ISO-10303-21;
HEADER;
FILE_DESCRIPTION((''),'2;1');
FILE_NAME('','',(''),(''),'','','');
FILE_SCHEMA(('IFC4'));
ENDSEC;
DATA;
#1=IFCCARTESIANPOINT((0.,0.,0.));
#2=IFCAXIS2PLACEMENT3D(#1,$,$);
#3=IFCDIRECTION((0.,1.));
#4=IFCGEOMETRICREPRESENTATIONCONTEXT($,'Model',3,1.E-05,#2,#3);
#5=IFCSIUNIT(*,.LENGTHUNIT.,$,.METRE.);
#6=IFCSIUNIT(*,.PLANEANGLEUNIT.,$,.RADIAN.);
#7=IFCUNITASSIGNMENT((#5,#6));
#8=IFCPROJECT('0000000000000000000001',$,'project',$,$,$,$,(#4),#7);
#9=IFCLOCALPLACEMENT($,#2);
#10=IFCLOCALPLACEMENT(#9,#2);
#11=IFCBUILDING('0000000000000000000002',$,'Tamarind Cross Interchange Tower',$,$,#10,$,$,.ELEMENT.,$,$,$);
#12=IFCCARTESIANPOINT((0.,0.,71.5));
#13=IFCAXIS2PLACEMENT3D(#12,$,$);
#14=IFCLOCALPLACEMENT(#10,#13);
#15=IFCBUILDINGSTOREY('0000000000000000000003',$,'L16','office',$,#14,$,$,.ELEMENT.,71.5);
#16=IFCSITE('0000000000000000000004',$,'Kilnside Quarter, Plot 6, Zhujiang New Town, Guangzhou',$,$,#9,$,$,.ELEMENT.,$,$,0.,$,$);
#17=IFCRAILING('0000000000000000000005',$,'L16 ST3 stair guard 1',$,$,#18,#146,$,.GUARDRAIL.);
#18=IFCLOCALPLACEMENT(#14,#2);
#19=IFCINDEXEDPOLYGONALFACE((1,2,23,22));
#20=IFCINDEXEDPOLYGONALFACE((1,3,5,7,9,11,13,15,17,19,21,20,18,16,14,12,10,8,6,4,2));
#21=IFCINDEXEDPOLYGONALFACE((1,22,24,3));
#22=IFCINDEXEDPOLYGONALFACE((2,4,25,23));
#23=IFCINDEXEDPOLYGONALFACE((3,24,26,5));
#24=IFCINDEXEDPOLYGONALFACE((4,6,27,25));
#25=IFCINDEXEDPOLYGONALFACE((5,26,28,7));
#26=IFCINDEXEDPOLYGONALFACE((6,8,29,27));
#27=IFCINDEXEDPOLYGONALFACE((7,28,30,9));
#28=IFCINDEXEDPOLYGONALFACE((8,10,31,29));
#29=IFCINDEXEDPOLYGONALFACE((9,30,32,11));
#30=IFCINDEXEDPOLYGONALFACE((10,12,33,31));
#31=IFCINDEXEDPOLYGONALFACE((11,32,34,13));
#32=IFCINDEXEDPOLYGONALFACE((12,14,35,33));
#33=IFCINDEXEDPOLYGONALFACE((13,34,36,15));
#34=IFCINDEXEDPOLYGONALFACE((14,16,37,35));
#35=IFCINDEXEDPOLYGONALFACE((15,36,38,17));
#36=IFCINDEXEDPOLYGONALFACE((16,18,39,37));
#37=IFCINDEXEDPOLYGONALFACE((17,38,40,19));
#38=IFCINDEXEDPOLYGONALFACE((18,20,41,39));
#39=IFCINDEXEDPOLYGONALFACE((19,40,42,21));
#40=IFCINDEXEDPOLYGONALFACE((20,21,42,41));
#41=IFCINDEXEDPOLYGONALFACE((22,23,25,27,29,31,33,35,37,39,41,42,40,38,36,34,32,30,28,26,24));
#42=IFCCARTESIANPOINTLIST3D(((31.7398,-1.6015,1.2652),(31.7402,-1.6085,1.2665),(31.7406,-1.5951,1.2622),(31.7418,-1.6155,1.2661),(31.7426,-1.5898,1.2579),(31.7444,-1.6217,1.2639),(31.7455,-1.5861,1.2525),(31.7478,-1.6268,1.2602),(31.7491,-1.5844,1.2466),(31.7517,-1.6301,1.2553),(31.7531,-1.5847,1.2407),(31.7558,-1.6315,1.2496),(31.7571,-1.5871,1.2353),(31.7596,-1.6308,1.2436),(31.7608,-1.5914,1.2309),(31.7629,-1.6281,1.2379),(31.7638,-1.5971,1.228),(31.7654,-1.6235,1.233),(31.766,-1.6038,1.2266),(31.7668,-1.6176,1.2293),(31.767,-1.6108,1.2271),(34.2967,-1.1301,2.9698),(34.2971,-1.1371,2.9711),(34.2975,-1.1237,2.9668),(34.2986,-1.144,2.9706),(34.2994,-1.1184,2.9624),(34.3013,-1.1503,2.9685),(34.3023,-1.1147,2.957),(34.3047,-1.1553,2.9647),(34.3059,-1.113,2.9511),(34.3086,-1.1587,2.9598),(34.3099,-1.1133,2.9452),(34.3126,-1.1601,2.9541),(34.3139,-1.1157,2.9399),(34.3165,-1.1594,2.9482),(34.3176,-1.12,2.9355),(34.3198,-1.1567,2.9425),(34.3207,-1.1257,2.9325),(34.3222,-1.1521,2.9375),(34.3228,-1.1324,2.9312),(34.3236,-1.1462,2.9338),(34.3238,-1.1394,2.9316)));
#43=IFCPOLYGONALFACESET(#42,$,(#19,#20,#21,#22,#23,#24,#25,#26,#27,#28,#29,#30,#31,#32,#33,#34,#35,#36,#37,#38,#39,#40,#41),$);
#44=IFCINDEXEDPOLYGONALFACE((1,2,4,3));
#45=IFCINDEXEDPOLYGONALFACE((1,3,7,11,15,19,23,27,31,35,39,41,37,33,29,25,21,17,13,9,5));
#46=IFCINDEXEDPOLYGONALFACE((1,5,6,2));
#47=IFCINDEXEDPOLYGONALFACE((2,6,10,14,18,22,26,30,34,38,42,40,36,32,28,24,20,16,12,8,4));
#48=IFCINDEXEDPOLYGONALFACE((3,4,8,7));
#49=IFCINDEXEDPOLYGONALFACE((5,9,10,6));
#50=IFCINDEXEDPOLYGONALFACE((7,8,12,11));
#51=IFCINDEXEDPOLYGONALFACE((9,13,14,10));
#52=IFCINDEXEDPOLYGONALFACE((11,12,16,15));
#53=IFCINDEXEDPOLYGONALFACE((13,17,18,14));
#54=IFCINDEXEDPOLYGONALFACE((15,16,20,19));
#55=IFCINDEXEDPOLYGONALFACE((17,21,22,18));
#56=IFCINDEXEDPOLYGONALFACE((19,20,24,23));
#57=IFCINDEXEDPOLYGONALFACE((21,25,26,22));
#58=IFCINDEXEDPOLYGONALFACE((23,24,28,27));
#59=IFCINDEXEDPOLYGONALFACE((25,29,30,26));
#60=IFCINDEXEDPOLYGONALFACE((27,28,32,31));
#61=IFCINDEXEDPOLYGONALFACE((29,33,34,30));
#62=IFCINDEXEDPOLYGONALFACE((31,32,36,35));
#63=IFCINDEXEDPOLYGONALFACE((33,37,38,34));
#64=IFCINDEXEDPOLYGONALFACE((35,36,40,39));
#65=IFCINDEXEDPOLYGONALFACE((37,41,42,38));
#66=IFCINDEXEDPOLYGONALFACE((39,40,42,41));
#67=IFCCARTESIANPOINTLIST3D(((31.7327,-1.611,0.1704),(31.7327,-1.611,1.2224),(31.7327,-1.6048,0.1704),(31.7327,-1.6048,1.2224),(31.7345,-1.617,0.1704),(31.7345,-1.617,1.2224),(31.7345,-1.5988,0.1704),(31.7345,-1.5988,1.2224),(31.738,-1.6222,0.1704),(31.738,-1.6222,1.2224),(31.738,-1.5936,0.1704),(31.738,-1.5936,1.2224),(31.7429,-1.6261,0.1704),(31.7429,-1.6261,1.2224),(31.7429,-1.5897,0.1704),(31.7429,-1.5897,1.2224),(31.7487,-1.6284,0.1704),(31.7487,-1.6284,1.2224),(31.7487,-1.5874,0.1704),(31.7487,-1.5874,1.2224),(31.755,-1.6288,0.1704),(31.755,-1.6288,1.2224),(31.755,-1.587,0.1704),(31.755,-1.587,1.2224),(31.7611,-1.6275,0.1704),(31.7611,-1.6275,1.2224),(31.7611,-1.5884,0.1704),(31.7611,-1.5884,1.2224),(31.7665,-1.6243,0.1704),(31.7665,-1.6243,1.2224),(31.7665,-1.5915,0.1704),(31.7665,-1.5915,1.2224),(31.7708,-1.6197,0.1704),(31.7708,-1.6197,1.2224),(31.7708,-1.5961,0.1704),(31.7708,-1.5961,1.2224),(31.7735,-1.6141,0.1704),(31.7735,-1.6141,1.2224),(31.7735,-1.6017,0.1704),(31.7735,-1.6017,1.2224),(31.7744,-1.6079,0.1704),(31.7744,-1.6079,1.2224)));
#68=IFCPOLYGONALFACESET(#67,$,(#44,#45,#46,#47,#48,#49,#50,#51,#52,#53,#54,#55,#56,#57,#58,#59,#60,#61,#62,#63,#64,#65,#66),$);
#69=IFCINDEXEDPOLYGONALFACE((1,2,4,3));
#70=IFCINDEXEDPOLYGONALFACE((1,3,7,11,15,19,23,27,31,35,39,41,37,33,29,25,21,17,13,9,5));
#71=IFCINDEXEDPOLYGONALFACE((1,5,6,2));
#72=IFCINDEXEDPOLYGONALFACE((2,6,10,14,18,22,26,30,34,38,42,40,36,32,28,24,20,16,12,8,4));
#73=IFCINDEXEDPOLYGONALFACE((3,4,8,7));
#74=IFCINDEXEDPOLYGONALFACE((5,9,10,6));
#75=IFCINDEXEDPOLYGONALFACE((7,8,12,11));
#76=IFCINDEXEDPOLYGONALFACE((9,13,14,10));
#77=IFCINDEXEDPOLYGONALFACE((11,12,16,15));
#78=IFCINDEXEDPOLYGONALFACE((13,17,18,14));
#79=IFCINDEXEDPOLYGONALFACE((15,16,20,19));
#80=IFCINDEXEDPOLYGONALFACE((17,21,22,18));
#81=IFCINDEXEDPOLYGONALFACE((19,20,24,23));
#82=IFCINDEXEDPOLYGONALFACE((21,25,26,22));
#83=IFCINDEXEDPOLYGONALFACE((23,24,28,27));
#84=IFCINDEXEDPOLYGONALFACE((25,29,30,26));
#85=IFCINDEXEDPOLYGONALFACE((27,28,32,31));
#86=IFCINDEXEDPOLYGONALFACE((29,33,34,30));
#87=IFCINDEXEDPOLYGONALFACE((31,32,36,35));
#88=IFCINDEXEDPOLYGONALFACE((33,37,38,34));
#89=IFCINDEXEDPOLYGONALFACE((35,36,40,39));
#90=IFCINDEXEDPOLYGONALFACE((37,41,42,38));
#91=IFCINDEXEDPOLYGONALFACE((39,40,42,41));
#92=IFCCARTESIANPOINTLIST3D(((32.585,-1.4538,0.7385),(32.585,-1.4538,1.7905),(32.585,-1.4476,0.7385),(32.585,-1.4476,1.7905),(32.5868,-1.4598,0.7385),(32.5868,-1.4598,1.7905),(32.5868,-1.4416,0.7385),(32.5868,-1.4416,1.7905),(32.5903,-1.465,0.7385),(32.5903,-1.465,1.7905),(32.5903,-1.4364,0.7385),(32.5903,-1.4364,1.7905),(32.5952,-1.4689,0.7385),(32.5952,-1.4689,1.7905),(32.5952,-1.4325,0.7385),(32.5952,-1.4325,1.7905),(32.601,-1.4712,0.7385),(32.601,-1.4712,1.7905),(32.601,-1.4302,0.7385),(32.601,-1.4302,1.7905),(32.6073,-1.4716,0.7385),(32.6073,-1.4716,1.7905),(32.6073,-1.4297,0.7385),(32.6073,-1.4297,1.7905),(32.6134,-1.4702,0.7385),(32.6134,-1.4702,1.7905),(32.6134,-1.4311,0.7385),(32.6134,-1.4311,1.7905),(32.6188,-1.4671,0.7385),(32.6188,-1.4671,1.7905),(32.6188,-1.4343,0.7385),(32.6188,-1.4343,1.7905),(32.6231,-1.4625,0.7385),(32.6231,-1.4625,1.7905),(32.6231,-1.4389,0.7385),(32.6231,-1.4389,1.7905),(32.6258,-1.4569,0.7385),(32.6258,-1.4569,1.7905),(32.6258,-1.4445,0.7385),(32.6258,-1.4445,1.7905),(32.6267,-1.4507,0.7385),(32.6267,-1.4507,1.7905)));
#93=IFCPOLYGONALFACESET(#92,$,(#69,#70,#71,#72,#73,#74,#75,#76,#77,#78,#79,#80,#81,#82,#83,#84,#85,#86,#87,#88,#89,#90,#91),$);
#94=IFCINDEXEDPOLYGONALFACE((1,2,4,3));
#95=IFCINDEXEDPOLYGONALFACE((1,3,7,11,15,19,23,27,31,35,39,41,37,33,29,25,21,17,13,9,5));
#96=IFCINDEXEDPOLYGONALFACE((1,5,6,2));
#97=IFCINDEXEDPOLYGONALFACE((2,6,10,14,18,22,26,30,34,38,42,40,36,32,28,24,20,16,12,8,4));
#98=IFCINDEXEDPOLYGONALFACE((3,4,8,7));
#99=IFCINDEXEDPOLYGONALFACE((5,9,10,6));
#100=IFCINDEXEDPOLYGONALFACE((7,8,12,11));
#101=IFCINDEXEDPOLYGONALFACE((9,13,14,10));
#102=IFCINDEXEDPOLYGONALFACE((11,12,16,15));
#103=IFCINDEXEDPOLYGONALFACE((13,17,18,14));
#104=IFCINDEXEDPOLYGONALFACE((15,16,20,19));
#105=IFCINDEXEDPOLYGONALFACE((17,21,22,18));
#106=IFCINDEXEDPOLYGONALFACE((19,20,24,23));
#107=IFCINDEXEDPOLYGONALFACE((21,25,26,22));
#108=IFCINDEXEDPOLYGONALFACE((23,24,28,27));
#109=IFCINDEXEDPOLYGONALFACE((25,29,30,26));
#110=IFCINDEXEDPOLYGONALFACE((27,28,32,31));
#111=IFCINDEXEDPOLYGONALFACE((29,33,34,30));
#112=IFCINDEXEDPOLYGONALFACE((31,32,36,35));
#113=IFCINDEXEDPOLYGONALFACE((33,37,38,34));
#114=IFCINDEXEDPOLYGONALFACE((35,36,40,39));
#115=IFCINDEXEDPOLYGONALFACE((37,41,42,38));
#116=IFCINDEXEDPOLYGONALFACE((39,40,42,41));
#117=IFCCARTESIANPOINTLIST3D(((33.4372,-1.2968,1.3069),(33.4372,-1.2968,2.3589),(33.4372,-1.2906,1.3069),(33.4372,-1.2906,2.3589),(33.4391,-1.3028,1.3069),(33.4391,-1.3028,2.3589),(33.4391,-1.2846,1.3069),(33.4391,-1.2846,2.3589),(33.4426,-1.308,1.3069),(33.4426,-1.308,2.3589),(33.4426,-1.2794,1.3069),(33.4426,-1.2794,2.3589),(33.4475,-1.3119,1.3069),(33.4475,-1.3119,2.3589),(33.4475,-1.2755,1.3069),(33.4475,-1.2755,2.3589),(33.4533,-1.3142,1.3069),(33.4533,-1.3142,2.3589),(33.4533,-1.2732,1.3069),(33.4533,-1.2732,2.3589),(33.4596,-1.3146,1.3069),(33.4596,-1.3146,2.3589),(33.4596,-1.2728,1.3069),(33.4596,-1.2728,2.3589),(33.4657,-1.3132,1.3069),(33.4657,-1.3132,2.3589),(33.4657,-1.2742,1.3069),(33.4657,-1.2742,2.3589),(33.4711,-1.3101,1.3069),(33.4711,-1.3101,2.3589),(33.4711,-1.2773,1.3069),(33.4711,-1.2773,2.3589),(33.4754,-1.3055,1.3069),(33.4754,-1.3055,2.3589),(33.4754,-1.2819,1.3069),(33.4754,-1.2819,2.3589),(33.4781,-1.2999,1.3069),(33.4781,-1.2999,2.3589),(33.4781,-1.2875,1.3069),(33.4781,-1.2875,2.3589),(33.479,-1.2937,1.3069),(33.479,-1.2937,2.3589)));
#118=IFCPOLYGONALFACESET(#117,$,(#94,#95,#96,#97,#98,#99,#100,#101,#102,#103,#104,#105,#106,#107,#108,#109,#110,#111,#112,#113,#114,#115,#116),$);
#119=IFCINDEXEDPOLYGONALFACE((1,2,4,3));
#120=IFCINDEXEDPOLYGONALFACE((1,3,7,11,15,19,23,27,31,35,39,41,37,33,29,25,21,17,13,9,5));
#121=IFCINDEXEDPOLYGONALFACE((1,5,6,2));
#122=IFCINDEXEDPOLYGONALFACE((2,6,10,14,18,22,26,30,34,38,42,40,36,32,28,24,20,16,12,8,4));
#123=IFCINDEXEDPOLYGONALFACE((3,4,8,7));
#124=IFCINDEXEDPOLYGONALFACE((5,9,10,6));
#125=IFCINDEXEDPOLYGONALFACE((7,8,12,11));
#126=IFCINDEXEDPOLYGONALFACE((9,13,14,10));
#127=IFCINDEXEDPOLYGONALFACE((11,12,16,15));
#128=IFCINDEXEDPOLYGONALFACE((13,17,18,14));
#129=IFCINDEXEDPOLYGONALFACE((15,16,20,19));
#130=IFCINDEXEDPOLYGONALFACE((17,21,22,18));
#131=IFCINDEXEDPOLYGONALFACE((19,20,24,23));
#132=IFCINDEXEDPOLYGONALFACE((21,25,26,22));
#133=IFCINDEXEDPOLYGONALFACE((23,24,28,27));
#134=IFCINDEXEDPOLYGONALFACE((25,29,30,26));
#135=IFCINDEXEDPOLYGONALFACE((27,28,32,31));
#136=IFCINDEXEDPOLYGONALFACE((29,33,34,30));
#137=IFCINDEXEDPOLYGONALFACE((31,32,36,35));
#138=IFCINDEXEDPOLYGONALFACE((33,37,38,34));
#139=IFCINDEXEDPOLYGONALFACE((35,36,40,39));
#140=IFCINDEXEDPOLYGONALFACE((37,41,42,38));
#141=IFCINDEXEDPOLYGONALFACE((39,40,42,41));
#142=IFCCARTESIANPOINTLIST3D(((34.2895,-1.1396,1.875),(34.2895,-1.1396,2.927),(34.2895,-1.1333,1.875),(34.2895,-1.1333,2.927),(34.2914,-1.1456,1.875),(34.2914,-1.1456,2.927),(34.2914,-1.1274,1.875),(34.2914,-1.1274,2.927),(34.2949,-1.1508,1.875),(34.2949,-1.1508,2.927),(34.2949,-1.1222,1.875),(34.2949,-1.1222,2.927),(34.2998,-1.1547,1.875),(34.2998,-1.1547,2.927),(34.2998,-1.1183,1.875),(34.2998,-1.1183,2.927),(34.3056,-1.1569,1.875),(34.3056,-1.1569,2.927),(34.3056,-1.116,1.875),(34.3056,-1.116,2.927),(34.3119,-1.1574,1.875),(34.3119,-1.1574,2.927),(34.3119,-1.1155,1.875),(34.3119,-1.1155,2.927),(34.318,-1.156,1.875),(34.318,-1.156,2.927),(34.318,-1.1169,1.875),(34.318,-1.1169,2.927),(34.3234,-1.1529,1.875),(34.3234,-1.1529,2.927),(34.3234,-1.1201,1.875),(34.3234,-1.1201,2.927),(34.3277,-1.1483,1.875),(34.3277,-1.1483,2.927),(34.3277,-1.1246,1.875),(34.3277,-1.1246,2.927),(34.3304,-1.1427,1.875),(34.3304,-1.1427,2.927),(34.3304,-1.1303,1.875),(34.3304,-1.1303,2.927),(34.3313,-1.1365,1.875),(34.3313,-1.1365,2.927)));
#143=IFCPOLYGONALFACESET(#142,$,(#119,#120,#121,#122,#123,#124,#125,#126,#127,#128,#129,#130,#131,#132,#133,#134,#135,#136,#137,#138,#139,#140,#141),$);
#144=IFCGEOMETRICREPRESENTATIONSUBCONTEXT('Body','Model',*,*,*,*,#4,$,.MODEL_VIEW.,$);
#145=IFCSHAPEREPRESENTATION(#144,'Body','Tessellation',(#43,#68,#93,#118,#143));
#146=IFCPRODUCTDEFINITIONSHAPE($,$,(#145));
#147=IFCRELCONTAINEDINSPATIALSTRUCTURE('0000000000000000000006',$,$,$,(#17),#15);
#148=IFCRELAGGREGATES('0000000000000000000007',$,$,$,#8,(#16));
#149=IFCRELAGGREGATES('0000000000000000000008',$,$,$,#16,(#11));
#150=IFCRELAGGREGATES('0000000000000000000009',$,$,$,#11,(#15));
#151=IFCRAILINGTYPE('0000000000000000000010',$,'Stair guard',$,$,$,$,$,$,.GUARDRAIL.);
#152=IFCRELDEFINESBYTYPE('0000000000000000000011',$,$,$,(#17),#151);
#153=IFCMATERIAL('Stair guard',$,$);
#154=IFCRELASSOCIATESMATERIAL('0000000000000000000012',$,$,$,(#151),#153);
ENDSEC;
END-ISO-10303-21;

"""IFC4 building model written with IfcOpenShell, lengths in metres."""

from ifc_helpers import new_model, si_unit, direction, frame, origin, origin_2d, place, context, subcontext, project, spatial, circle, extrude, material, type_object, element, save


model = new_model("IFC4")

# Units and contexts
model_context = context("Model", 3, precision=1e-05, world=origin(), true_north=direction((0.0, 1.0)))
body_context = subcontext(model_context, "Body", "Model", "MODEL_VIEW")
ifc_project = project(units=[si_unit("LENGTHUNIT", "METRE"), si_unit("PLANEANGLEUNIT", "RADIAN")], contexts=[model_context])

# Site, building, storey
site_placement = place(None, origin())
site = spatial("IfcSite", under=ifc_project, at=site_placement, Name="Kilnside Quarter, Plot 6, Zhujiang New Town, Guangzhou", CompositionType="ELEMENT", RefElevation=0.0)
building_placement = place(site_placement, origin())
building = spatial("IfcBuilding", under=site, at=building_placement, Name="Tamarind Cross Interchange Tower", CompositionType="ELEMENT")
storey_placement = place(building_placement, frame((0.0, 0.0, 71.5)))
storey = spatial("IfcBuildingStorey", under=building, at=storey_placement, Name="L16", Description="office", CompositionType="ELEMENT", Elevation=71.5)

# Railing
ifc_material_1 = material(Name="Stair guard")
railing_type_1 = type_object("IfcRailingType", Name="Stair guard", PredefinedType="GUARDRAIL", material=ifc_material_1)
railing_1_placement = place(storey_placement, frame((31.7534, -1.6079, 0.1704)))
element("IfcRailing", 1, at=railing_1_placement, inside=storey, type_object=railing_type_1, Name="L16 ST3 stair guard 1", PredefinedType="GUARDRAIL", context=body_context, shape_type="SweptSolid", body=[
    extrude(circle(Radius=0.0239, at=origin_2d()), frame((0.0, 0.0, 1.0762), z_axis=(0.822428, 0.151638, 0.548286), x_axis=(-0.181323, 0.983424, 0.0)), (0.0, 0.0, 1.0), 3.1089),
    extrude(circle(Radius=0.021, at=origin_2d()), origin(), (0.0, 0.0, 1.0), 1.052),
    extrude(circle(Radius=0.021, at=origin_2d()), frame((0.8523, 0.1572, 0.5681)), (0.0, 0.0, 1.0), 1.052),
    extrude(circle(Radius=0.021, at=origin_2d()), frame((1.7046, 0.3142, 1.1365)), (0.0, 0.0, 1.0), 1.052),
    extrude(circle(Radius=0.021, at=origin_2d()), frame((2.5569, 0.4714, 1.7046)), (0.0, 0.0, 1.0), 1.052),
])

save(model, "model.ifc")
